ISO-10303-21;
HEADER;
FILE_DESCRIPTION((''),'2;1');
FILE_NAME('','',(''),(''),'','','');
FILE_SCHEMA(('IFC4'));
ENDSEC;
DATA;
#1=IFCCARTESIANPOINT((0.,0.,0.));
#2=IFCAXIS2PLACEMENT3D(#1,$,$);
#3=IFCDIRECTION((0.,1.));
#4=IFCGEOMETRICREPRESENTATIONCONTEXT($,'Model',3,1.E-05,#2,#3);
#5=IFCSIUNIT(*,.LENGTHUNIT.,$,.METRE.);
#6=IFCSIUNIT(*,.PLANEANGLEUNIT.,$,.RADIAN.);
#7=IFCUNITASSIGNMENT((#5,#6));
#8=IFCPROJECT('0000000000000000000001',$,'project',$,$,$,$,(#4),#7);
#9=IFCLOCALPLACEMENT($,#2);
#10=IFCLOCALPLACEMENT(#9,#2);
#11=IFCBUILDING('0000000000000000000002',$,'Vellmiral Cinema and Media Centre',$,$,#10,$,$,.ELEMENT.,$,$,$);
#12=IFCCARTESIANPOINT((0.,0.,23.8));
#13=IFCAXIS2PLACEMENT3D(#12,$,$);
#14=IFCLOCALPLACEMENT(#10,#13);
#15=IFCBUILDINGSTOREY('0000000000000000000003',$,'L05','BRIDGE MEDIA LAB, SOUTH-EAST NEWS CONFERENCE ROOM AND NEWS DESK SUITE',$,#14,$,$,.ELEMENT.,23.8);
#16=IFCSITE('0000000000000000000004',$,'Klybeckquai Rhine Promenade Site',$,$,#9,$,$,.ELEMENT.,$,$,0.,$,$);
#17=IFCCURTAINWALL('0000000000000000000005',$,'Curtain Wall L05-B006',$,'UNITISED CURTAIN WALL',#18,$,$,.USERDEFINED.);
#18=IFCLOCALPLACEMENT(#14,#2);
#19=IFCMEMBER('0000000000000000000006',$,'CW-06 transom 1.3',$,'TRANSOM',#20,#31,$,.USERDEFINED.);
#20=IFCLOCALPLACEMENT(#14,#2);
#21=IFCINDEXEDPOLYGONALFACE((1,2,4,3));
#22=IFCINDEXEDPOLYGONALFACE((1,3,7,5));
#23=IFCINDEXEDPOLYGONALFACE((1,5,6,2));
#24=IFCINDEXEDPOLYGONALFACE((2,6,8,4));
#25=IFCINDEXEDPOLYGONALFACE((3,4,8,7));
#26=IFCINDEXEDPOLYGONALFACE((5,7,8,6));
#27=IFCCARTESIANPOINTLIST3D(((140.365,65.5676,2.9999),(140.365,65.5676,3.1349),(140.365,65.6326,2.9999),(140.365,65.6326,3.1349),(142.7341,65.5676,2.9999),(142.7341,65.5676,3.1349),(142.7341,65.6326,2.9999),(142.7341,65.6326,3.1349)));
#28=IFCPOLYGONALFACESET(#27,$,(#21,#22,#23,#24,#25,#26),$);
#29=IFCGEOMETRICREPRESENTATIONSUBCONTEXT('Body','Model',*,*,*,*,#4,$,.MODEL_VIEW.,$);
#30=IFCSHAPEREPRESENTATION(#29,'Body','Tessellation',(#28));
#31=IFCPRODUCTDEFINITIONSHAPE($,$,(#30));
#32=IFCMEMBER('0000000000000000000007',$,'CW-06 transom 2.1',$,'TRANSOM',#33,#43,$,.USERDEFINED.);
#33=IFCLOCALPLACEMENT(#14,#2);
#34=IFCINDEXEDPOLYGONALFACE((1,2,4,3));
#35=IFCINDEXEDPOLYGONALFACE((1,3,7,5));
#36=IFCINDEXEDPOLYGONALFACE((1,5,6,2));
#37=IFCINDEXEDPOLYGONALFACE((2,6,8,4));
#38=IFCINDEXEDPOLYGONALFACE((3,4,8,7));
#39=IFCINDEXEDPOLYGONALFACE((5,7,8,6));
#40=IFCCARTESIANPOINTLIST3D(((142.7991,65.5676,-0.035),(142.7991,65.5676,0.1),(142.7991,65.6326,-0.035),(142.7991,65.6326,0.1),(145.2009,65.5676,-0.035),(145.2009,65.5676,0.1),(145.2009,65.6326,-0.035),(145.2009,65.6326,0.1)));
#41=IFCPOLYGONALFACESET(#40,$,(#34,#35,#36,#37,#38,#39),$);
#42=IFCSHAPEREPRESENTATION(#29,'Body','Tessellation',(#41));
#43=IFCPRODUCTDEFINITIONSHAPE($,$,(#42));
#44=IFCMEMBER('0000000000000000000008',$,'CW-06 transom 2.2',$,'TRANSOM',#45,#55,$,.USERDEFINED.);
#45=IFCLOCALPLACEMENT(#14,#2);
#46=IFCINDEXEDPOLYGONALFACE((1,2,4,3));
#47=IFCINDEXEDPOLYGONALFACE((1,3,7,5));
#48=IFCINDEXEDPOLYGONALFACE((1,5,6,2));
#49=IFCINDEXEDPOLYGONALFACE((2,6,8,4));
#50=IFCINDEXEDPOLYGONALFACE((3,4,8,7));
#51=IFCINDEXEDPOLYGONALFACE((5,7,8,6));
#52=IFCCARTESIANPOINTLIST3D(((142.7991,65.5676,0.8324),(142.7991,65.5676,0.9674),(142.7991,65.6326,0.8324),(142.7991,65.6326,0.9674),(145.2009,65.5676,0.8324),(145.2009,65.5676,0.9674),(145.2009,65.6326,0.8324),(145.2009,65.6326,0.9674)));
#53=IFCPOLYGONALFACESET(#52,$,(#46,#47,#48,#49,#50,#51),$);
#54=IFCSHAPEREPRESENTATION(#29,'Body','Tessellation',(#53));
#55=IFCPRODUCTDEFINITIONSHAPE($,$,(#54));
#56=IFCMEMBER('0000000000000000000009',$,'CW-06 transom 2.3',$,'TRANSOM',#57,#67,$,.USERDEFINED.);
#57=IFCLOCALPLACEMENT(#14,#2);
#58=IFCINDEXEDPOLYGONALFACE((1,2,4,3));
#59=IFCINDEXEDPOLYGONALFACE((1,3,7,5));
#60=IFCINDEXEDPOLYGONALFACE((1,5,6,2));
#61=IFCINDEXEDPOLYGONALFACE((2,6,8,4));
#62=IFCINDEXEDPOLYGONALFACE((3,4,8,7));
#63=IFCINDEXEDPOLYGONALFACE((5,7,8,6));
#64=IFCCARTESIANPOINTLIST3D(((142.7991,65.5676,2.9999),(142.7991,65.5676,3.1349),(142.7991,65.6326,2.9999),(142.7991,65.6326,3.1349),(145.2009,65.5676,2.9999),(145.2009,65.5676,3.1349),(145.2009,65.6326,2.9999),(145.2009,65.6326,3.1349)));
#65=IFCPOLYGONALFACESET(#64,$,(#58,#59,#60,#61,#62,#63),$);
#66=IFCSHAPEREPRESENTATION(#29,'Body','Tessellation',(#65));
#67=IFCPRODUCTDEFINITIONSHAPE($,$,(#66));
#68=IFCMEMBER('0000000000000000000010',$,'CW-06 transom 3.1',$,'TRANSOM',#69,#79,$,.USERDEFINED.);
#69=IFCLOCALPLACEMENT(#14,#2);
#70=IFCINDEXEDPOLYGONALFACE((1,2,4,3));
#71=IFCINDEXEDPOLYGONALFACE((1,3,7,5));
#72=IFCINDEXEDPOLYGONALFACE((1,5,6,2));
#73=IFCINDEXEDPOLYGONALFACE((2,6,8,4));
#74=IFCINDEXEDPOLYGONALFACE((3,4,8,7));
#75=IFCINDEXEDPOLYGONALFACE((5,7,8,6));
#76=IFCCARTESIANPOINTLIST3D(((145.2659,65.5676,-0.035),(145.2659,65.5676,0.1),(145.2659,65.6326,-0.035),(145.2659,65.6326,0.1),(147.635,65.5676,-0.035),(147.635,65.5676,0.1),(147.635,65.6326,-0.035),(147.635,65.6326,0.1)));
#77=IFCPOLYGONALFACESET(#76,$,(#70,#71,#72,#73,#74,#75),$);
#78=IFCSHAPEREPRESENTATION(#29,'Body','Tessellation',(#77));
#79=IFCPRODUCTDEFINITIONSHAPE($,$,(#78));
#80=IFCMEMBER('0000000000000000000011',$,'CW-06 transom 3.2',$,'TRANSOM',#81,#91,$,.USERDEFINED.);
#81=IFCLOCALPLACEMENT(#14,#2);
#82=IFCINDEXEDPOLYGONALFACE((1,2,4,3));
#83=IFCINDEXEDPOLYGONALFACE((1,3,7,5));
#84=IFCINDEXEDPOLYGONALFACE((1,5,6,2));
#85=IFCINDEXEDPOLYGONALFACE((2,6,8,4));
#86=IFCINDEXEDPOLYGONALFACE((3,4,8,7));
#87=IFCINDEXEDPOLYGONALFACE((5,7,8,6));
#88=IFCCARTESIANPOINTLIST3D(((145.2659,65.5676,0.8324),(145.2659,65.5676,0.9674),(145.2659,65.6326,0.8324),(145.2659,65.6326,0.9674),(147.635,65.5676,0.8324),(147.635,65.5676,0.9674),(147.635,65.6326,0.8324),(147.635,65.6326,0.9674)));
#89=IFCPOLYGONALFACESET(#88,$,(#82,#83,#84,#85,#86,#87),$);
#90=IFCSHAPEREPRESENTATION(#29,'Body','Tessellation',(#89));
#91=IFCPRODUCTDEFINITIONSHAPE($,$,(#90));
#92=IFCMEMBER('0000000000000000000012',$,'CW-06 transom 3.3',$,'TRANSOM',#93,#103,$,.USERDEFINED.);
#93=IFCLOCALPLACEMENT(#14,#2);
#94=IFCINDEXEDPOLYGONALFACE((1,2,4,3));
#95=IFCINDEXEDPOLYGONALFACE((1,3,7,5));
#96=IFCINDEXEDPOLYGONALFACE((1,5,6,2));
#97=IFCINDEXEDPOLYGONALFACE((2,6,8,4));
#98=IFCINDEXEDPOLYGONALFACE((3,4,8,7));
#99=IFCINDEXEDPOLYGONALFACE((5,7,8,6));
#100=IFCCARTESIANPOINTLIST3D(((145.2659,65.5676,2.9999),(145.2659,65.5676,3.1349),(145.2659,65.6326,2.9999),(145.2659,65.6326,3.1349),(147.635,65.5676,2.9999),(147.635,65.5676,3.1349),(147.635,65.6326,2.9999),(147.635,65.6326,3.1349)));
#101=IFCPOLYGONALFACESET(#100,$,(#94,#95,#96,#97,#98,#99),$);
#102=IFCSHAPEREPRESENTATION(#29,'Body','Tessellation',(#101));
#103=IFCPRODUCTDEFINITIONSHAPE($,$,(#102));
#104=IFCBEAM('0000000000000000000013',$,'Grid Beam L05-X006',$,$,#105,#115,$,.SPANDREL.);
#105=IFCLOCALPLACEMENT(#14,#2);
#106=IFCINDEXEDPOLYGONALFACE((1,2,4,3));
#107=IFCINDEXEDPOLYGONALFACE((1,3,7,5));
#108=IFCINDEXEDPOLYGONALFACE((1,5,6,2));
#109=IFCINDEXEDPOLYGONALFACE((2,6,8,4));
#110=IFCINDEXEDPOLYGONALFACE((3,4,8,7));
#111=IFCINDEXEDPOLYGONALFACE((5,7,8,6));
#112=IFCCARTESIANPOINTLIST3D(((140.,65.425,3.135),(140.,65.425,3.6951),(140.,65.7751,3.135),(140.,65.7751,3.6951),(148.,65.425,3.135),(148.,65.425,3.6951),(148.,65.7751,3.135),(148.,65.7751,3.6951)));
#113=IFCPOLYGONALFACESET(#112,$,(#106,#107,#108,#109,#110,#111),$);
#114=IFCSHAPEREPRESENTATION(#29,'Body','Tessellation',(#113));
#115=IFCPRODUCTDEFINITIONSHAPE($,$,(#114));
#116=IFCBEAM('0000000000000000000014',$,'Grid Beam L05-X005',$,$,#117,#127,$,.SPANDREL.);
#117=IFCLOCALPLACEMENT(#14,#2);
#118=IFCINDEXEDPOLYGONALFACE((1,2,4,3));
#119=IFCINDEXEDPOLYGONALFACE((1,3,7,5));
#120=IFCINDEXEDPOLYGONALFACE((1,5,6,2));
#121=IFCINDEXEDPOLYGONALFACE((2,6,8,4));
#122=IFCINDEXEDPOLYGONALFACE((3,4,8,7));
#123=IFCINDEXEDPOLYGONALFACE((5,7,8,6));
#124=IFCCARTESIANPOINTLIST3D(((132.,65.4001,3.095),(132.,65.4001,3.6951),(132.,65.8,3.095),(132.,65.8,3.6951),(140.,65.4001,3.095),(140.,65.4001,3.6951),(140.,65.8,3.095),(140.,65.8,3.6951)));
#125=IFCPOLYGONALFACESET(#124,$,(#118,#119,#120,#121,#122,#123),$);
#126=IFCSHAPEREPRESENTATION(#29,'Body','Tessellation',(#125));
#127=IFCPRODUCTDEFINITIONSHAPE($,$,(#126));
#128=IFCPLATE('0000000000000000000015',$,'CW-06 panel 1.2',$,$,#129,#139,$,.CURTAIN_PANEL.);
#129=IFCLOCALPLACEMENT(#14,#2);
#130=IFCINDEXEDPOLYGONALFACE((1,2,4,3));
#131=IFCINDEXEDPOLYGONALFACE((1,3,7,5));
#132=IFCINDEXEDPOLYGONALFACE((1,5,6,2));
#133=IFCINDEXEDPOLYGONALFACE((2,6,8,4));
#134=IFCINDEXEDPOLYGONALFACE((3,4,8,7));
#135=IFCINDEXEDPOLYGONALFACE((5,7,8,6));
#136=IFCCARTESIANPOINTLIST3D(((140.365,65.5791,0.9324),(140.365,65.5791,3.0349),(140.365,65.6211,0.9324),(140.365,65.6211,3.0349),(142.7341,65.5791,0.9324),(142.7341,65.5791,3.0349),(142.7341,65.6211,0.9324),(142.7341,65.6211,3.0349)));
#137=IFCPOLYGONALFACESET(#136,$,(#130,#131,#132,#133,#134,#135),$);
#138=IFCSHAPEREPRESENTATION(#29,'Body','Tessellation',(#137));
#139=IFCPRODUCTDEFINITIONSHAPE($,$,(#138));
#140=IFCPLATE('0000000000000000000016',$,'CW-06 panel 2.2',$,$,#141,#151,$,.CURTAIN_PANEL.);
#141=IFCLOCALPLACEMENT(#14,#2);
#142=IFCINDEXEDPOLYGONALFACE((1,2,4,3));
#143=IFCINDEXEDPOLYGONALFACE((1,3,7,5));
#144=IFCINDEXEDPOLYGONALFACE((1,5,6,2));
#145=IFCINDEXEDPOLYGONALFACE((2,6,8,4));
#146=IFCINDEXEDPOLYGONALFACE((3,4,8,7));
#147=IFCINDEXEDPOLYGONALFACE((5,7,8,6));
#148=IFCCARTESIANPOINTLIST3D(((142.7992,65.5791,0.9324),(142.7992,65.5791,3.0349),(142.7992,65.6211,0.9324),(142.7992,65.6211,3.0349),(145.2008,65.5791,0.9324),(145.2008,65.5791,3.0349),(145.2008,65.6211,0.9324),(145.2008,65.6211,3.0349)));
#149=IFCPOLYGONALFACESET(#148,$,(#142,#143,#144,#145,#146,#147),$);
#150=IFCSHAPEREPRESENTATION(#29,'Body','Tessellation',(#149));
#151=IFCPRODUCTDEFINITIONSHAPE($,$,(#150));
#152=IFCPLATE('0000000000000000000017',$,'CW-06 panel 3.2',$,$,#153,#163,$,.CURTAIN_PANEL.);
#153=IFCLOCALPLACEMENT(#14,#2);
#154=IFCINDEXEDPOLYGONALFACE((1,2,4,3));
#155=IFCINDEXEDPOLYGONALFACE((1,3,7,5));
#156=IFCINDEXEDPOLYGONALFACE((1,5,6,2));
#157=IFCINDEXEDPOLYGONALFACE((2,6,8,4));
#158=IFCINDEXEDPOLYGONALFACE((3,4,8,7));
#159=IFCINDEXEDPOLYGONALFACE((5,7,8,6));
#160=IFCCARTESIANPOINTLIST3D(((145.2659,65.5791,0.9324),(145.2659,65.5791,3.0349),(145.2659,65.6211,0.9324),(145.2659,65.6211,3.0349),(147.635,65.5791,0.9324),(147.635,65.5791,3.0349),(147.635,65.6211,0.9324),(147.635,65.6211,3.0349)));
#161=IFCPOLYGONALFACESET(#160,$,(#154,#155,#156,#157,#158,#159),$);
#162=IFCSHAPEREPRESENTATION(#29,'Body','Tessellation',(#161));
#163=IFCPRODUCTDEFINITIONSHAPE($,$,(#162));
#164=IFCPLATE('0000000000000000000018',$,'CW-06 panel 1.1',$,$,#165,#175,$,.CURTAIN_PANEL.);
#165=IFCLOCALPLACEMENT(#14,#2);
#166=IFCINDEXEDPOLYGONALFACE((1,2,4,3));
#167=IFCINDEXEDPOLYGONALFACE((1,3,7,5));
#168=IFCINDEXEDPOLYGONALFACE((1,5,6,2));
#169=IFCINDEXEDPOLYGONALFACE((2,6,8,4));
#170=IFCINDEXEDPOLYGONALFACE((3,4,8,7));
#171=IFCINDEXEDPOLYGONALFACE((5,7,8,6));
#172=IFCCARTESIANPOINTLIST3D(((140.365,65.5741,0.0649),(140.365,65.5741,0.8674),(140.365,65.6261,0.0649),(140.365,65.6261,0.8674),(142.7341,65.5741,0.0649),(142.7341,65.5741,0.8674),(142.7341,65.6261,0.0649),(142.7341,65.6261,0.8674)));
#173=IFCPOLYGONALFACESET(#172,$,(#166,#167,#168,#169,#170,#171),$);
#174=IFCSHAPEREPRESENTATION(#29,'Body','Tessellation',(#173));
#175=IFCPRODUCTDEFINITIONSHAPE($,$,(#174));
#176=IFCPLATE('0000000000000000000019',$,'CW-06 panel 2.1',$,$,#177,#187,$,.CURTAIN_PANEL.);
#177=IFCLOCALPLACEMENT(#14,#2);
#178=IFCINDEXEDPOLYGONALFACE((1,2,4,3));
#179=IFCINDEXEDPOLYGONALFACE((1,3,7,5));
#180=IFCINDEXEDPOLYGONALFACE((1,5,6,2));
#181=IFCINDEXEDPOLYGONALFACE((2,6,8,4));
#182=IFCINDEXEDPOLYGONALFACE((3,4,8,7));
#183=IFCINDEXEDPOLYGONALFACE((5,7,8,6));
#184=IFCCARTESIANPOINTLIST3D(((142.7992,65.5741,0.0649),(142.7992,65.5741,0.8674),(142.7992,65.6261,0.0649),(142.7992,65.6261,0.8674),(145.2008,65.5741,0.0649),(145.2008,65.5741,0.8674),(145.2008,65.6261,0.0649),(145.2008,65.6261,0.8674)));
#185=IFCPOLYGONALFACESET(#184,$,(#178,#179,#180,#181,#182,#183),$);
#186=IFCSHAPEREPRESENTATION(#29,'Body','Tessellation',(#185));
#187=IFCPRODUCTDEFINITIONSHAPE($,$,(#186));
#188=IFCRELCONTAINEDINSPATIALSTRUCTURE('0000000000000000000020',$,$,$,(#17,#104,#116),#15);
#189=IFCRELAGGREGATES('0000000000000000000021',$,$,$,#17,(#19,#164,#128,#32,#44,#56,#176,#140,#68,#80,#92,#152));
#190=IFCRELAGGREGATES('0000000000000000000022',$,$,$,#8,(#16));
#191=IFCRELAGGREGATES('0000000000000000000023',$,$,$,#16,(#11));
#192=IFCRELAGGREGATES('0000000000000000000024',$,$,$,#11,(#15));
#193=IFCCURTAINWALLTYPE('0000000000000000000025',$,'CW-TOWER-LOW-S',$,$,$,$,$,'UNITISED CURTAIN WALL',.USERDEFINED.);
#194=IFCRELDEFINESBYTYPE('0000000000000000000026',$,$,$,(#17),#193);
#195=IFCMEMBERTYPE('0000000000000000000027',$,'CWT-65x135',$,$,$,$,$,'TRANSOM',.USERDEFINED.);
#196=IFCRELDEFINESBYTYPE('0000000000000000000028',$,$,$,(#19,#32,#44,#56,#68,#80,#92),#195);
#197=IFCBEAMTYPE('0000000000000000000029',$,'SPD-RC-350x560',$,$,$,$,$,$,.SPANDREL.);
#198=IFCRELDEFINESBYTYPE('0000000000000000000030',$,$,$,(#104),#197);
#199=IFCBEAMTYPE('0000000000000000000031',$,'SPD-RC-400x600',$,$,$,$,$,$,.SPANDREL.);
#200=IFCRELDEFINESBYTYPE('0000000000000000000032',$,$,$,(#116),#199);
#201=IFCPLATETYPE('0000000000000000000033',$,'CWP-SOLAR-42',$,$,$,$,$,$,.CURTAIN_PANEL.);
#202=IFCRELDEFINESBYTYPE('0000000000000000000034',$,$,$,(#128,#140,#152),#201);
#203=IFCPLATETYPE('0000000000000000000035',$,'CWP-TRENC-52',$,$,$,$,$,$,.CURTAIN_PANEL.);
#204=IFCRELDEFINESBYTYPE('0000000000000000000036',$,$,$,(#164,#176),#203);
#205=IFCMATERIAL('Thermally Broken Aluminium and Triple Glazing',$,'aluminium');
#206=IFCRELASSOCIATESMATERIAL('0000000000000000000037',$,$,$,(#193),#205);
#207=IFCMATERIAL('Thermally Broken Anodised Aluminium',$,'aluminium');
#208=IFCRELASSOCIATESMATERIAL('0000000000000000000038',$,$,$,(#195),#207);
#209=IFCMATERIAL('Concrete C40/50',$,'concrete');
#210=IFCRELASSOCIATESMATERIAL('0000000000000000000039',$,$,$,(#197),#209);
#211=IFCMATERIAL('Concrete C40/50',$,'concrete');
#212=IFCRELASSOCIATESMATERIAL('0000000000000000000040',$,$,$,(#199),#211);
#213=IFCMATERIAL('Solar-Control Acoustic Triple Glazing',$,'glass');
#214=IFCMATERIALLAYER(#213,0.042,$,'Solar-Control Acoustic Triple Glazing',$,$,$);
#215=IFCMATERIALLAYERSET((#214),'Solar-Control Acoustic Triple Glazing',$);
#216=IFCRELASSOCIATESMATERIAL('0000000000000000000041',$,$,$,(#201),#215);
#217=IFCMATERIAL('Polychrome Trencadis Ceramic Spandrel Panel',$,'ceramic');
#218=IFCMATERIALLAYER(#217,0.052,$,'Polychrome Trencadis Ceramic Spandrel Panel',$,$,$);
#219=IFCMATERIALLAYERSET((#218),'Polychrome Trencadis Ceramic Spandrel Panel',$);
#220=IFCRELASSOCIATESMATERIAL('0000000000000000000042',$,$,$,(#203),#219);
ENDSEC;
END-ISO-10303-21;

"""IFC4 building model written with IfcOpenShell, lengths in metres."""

from ifc_helpers import new_model, si_unit, direction, frame, origin, origin_2d, place, context, subcontext, project, spatial, rectangle, extrude, material, layer, layer_set, material_profile, profile_set, type_object, element, aggregate, save


model = new_model("IFC4")

# Units and contexts
model_context = context("Model", 3, precision=1e-05, world=origin(), true_north=direction((0.0, 1.0)))
body_context = subcontext(model_context, "Body", "Model", "MODEL_VIEW")
ifc_project = project(units=[si_unit("LENGTHUNIT", "METRE"), si_unit("PLANEANGLEUNIT", "RADIAN")], contexts=[model_context])

# Site, building, storey
site_placement = place(None, origin())
site = spatial("IfcSite", under=ifc_project, at=site_placement, Name="Klybeckquai Rhine Promenade Site", CompositionType="ELEMENT", RefElevation=0.0)
building_placement = place(site_placement, origin())
building = spatial("IfcBuilding", under=site, at=building_placement, Name="Vellmiral Cinema and Media Centre", CompositionType="ELEMENT")
storey_placement = place(building_placement, frame((0.0, 0.0, 23.8)))
storey = spatial("IfcBuildingStorey", under=building, at=storey_placement, Name="L05", Description="BRIDGE MEDIA LAB, SOUTH-EAST NEWS CONFERENCE ROOM AND NEWS DESK SUITE", CompositionType="ELEMENT", Elevation=23.8)

# Shared definitions
ifc_material_1 = material(Name="Thermally Broken Aluminium and Triple Glazing", Category="aluminium")
curtain_wall_type = type_object("IfcCurtainWallType", Name="CW-TOWER-LOW-S", ElementType="UNITISED CURTAIN WALL", PredefinedType="USERDEFINED", material=ifc_material_1)

# Curtain wall, members
curtain_wall_1_placement = place(storey_placement, origin())
curtain_wall_1 = element("IfcCurtainWall", 1, at=curtain_wall_1_placement, inside=storey, type_object=curtain_wall_type, Name="Curtain Wall L05-B006", ObjectType="UNITISED CURTAIN WALL", PredefinedType="USERDEFINED")
ifc_material_2 = material(Name="Thermally Broken Anodised Aluminium", Category="aluminium")
ifc_material_profile_1 = material_profile(ifc_material_2, rectangle(XDim=0.0649, YDim=0.135, at=origin_2d()), Name="MULL 65x135")
ifc_profile_set_1 = profile_set([ifc_material_profile_1], Name="Thermally Broken Anodised Aluminium")
member_type_1 = type_object("IfcMemberType", Name="CWT-65x135", ElementType="TRANSOM", PredefinedType="USERDEFINED", material=ifc_profile_set_1)
member_1_placement = place(storey_placement, frame((140.365, 65.6001, 3.0674), z_axis=(1.0, 0.0, 0.0), x_axis=(0.0, 1.0, 0.0)))
member_1 = element("IfcMember", 2, at=member_1_placement, type_object=member_type_1, Name="CW-06 transom 1.3", ObjectType="TRANSOM", PredefinedType="USERDEFINED", context=body_context, shape_type="SweptSolid", body=[
    extrude(rectangle(XDim=0.0649, YDim=0.135, at=origin_2d()), origin(), (0.0, 0.0, 1.0), 2.3691),
])
member_2_placement = place(storey_placement, frame((142.7991, 65.6001, 0.0325), z_axis=(1.0, 0.0, 0.0), x_axis=(0.0, 1.0, 0.0)))
member_2 = element("IfcMember", 3, at=member_2_placement, type_object=member_type_1, Name="CW-06 transom 2.1", ObjectType="TRANSOM", PredefinedType="USERDEFINED", context=body_context, shape_type="SweptSolid", body=[
    extrude(rectangle(XDim=0.0649, YDim=0.135, at=origin_2d()), origin(), (0.0, 0.0, 1.0), 2.4019),
])
member_3_placement = place(storey_placement, frame((142.7991, 65.6001, 0.8999), z_axis=(1.0, 0.0, 0.0), x_axis=(0.0, 1.0, 0.0)))
member_3 = element("IfcMember", 4, at=member_3_placement, type_object=member_type_1, Name="CW-06 transom 2.2", ObjectType="TRANSOM", PredefinedType="USERDEFINED", context=body_context, shape_type="SweptSolid", body=[
    extrude(rectangle(XDim=0.0649, YDim=0.135, at=origin_2d()), origin(), (0.0, 0.0, 1.0), 2.4019),
])
member_4_placement = place(storey_placement, frame((142.7991, 65.6001, 3.0674), z_axis=(1.0, 0.0, 0.0), x_axis=(0.0, 1.0, 0.0)))
member_4 = element("IfcMember", 5, at=member_4_placement, type_object=member_type_1, Name="CW-06 transom 2.3", ObjectType="TRANSOM", PredefinedType="USERDEFINED", context=body_context, shape_type="SweptSolid", body=[
    extrude(rectangle(XDim=0.0649, YDim=0.135, at=origin_2d()), origin(), (0.0, 0.0, 1.0), 2.4019),
])
member_5_placement = place(storey_placement, frame((145.2659, 65.6001, 0.0325), z_axis=(1.0, 0.0, 0.0), x_axis=(0.0, 1.0, 0.0)))
member_5 = element("IfcMember", 6, at=member_5_placement, type_object=member_type_1, Name="CW-06 transom 3.1", ObjectType="TRANSOM", PredefinedType="USERDEFINED", context=body_context, shape_type="SweptSolid", body=[
    extrude(rectangle(XDim=0.0649, YDim=0.135, at=origin_2d()), origin(), (0.0, 0.0, 1.0), 2.3691),
])
member_6_placement = place(storey_placement, frame((145.2659, 65.6001, 0.8999), z_axis=(1.0, 0.0, 0.0), x_axis=(0.0, 1.0, 0.0)))
member_6 = element("IfcMember", 7, at=member_6_placement, type_object=member_type_1, Name="CW-06 transom 3.2", ObjectType="TRANSOM", PredefinedType="USERDEFINED", context=body_context, shape_type="SweptSolid", body=[
    extrude(rectangle(XDim=0.0649, YDim=0.135, at=origin_2d()), origin(), (0.0, 0.0, 1.0), 2.3691),
])
member_7_placement = place(storey_placement, frame((145.2659, 65.6001, 3.0674), z_axis=(1.0, 0.0, 0.0), x_axis=(0.0, 1.0, 0.0)))
member_7 = element("IfcMember", 8, at=member_7_placement, type_object=member_type_1, Name="CW-06 transom 3.3", ObjectType="TRANSOM", PredefinedType="USERDEFINED", context=body_context, shape_type="SweptSolid", body=[
    extrude(rectangle(XDim=0.0649, YDim=0.135, at=origin_2d()), origin(), (0.0, 0.0, 1.0), 2.3691),
])

# Beams
ifc_material_3 = material(Name="Concrete C40/50", Category="concrete")
ifc_material_profile_2 = material_profile(ifc_material_3, rectangle(XDim=0.3501, YDim=0.5601, at=origin_2d()), Name="RC 350x560")
ifc_profile_set_2 = profile_set([ifc_material_profile_2], Name="Concrete C40/50")
beam_type_1 = type_object("IfcBeamType", Name="SPD-RC-350x560", PredefinedType="SPANDREL", material=ifc_profile_set_2)
beam_1_placement = place(storey_placement, frame((140.0, 65.6001, 3.415), z_axis=(1.0, 0.0, 0.0), x_axis=(0.0, 1.0, 0.0)))
element("IfcBeam", 9, at=beam_1_placement, inside=storey, type_object=beam_type_1, Name="Grid Beam L05-X006", PredefinedType="SPANDREL", context=body_context, shape_type="SweptSolid", body=[
    extrude(rectangle(XDim=0.3501, YDim=0.5601, at=origin_2d()), origin(), (0.0, 0.0, 1.0), 8.0),
])
ifc_material_4 = material(Name="Concrete C40/50", Category="concrete")
ifc_material_profile_3 = material_profile(ifc_material_4, rectangle(XDim=0.3999, YDim=0.6001, at=origin_2d()), Name="RC 400x600")
ifc_profile_set_3 = profile_set([ifc_material_profile_3], Name="Concrete C40/50")
beam_type_2 = type_object("IfcBeamType", Name="SPD-RC-400x600", PredefinedType="SPANDREL", material=ifc_profile_set_3)
beam_2_placement = place(storey_placement, frame((132.0, 65.6001, 3.395), z_axis=(1.0, 0.0, 0.0), x_axis=(0.0, 1.0, 0.0)))
element("IfcBeam", 10, at=beam_2_placement, inside=storey, type_object=beam_type_2, Name="Grid Beam L05-X005", PredefinedType="SPANDREL", context=body_context, shape_type="SweptSolid", body=[
    extrude(rectangle(XDim=0.3999, YDim=0.6001, at=origin_2d()), origin(), (0.0, 0.0, 1.0), 8.0),
])

# Plates
ifc_material_5 = material(Name="Solar-Control Acoustic Triple Glazing", Category="glass")
ifc_layer_1 = layer(ifc_material_5, 0.042, Name="Solar-Control Acoustic Triple Glazing")
ifc_layer_set_1 = layer_set([ifc_layer_1], Name="Solar-Control Acoustic Triple Glazing")
plate_type_1 = type_object("IfcPlateType", Name="CWP-SOLAR-42", PredefinedType="CURTAIN_PANEL", material=ifc_layer_set_1)
plate_1_placement = place(storey_placement, frame((141.5496, 65.6001, 0.9324), z_axis=(0.0, 0.0, 1.0), x_axis=(1.0, 0.0, 0.0)))
plate_1 = element("IfcPlate", 11, at=plate_1_placement, type_object=plate_type_1, Name="CW-06 panel 1.2", PredefinedType="CURTAIN_PANEL", context=body_context, shape_type="SweptSolid", body=[
    extrude(rectangle(XDim=2.3691, YDim=0.042, at=origin_2d()), origin(), (0.0, 0.0, 1.0), 2.1025),
])
plate_2_placement = place(storey_placement, frame((144.0, 65.6001, 0.9324), z_axis=(0.0, 0.0, 1.0), x_axis=(1.0, 0.0, 0.0)))
plate_2 = element("IfcPlate", 12, at=plate_2_placement, type_object=plate_type_1, Name="CW-06 panel 2.2", PredefinedType="CURTAIN_PANEL", context=body_context, shape_type="SweptSolid", body=[
    extrude(rectangle(XDim=2.4016, YDim=0.042, at=origin_2d()), origin(), (0.0, 0.0, 1.0), 2.1025),
])
plate_3_placement = place(storey_placement, frame((146.4504, 65.6001, 0.9324), z_axis=(0.0, 0.0, 1.0), x_axis=(1.0, 0.0, 0.0)))
plate_3 = element("IfcPlate", 13, at=plate_3_placement, type_object=plate_type_1, Name="CW-06 panel 3.2", PredefinedType="CURTAIN_PANEL", context=body_context, shape_type="SweptSolid", body=[
    extrude(rectangle(XDim=2.3691, YDim=0.042, at=origin_2d()), origin(), (0.0, 0.0, 1.0), 2.1025),
])
ifc_material_6 = material(Name="Polychrome Trencadis Ceramic Spandrel Panel", Category="ceramic")
ifc_layer_2 = layer(ifc_material_6, 0.052, Name="Polychrome Trencadis Ceramic Spandrel Panel")
ifc_layer_set_2 = layer_set([ifc_layer_2], Name="Polychrome Trencadis Ceramic Spandrel Panel")
plate_type_2 = type_object("IfcPlateType", Name="CWP-TRENC-52", PredefinedType="CURTAIN_PANEL", material=ifc_layer_set_2)
plate_4_placement = place(storey_placement, frame((141.5496, 65.6001, 0.0649), z_axis=(0.0, 0.0, 1.0), x_axis=(1.0, 0.0, 0.0)))
plate_4 = element("IfcPlate", 14, at=plate_4_placement, type_object=plate_type_2, Name="CW-06 panel 1.1", PredefinedType="CURTAIN_PANEL", context=body_context, shape_type="SweptSolid", body=[
    extrude(rectangle(XDim=2.3691, YDim=0.052, at=origin_2d()), origin(), (0.0, 0.0, 1.0), 0.8025),
])
plate_5_placement = place(storey_placement, frame((144.0, 65.6001, 0.0649), z_axis=(0.0, 0.0, 1.0), x_axis=(1.0, 0.0, 0.0)))
plate_5 = element("IfcPlate", 15, at=plate_5_placement, type_object=plate_type_2, Name="CW-06 panel 2.1", PredefinedType="CURTAIN_PANEL", context=body_context, shape_type="SweptSolid", body=[
    extrude(rectangle(XDim=2.4016, YDim=0.052, at=origin_2d()), origin(), (0.0, 0.0, 1.0), 0.8025),
])
aggregate(curtain_wall_1, [member_1, plate_4, plate_1, member_2, member_3, member_4, plate_5, plate_2, member_5, member_6, member_7, plate_3])

save(model, "model.ifc")
